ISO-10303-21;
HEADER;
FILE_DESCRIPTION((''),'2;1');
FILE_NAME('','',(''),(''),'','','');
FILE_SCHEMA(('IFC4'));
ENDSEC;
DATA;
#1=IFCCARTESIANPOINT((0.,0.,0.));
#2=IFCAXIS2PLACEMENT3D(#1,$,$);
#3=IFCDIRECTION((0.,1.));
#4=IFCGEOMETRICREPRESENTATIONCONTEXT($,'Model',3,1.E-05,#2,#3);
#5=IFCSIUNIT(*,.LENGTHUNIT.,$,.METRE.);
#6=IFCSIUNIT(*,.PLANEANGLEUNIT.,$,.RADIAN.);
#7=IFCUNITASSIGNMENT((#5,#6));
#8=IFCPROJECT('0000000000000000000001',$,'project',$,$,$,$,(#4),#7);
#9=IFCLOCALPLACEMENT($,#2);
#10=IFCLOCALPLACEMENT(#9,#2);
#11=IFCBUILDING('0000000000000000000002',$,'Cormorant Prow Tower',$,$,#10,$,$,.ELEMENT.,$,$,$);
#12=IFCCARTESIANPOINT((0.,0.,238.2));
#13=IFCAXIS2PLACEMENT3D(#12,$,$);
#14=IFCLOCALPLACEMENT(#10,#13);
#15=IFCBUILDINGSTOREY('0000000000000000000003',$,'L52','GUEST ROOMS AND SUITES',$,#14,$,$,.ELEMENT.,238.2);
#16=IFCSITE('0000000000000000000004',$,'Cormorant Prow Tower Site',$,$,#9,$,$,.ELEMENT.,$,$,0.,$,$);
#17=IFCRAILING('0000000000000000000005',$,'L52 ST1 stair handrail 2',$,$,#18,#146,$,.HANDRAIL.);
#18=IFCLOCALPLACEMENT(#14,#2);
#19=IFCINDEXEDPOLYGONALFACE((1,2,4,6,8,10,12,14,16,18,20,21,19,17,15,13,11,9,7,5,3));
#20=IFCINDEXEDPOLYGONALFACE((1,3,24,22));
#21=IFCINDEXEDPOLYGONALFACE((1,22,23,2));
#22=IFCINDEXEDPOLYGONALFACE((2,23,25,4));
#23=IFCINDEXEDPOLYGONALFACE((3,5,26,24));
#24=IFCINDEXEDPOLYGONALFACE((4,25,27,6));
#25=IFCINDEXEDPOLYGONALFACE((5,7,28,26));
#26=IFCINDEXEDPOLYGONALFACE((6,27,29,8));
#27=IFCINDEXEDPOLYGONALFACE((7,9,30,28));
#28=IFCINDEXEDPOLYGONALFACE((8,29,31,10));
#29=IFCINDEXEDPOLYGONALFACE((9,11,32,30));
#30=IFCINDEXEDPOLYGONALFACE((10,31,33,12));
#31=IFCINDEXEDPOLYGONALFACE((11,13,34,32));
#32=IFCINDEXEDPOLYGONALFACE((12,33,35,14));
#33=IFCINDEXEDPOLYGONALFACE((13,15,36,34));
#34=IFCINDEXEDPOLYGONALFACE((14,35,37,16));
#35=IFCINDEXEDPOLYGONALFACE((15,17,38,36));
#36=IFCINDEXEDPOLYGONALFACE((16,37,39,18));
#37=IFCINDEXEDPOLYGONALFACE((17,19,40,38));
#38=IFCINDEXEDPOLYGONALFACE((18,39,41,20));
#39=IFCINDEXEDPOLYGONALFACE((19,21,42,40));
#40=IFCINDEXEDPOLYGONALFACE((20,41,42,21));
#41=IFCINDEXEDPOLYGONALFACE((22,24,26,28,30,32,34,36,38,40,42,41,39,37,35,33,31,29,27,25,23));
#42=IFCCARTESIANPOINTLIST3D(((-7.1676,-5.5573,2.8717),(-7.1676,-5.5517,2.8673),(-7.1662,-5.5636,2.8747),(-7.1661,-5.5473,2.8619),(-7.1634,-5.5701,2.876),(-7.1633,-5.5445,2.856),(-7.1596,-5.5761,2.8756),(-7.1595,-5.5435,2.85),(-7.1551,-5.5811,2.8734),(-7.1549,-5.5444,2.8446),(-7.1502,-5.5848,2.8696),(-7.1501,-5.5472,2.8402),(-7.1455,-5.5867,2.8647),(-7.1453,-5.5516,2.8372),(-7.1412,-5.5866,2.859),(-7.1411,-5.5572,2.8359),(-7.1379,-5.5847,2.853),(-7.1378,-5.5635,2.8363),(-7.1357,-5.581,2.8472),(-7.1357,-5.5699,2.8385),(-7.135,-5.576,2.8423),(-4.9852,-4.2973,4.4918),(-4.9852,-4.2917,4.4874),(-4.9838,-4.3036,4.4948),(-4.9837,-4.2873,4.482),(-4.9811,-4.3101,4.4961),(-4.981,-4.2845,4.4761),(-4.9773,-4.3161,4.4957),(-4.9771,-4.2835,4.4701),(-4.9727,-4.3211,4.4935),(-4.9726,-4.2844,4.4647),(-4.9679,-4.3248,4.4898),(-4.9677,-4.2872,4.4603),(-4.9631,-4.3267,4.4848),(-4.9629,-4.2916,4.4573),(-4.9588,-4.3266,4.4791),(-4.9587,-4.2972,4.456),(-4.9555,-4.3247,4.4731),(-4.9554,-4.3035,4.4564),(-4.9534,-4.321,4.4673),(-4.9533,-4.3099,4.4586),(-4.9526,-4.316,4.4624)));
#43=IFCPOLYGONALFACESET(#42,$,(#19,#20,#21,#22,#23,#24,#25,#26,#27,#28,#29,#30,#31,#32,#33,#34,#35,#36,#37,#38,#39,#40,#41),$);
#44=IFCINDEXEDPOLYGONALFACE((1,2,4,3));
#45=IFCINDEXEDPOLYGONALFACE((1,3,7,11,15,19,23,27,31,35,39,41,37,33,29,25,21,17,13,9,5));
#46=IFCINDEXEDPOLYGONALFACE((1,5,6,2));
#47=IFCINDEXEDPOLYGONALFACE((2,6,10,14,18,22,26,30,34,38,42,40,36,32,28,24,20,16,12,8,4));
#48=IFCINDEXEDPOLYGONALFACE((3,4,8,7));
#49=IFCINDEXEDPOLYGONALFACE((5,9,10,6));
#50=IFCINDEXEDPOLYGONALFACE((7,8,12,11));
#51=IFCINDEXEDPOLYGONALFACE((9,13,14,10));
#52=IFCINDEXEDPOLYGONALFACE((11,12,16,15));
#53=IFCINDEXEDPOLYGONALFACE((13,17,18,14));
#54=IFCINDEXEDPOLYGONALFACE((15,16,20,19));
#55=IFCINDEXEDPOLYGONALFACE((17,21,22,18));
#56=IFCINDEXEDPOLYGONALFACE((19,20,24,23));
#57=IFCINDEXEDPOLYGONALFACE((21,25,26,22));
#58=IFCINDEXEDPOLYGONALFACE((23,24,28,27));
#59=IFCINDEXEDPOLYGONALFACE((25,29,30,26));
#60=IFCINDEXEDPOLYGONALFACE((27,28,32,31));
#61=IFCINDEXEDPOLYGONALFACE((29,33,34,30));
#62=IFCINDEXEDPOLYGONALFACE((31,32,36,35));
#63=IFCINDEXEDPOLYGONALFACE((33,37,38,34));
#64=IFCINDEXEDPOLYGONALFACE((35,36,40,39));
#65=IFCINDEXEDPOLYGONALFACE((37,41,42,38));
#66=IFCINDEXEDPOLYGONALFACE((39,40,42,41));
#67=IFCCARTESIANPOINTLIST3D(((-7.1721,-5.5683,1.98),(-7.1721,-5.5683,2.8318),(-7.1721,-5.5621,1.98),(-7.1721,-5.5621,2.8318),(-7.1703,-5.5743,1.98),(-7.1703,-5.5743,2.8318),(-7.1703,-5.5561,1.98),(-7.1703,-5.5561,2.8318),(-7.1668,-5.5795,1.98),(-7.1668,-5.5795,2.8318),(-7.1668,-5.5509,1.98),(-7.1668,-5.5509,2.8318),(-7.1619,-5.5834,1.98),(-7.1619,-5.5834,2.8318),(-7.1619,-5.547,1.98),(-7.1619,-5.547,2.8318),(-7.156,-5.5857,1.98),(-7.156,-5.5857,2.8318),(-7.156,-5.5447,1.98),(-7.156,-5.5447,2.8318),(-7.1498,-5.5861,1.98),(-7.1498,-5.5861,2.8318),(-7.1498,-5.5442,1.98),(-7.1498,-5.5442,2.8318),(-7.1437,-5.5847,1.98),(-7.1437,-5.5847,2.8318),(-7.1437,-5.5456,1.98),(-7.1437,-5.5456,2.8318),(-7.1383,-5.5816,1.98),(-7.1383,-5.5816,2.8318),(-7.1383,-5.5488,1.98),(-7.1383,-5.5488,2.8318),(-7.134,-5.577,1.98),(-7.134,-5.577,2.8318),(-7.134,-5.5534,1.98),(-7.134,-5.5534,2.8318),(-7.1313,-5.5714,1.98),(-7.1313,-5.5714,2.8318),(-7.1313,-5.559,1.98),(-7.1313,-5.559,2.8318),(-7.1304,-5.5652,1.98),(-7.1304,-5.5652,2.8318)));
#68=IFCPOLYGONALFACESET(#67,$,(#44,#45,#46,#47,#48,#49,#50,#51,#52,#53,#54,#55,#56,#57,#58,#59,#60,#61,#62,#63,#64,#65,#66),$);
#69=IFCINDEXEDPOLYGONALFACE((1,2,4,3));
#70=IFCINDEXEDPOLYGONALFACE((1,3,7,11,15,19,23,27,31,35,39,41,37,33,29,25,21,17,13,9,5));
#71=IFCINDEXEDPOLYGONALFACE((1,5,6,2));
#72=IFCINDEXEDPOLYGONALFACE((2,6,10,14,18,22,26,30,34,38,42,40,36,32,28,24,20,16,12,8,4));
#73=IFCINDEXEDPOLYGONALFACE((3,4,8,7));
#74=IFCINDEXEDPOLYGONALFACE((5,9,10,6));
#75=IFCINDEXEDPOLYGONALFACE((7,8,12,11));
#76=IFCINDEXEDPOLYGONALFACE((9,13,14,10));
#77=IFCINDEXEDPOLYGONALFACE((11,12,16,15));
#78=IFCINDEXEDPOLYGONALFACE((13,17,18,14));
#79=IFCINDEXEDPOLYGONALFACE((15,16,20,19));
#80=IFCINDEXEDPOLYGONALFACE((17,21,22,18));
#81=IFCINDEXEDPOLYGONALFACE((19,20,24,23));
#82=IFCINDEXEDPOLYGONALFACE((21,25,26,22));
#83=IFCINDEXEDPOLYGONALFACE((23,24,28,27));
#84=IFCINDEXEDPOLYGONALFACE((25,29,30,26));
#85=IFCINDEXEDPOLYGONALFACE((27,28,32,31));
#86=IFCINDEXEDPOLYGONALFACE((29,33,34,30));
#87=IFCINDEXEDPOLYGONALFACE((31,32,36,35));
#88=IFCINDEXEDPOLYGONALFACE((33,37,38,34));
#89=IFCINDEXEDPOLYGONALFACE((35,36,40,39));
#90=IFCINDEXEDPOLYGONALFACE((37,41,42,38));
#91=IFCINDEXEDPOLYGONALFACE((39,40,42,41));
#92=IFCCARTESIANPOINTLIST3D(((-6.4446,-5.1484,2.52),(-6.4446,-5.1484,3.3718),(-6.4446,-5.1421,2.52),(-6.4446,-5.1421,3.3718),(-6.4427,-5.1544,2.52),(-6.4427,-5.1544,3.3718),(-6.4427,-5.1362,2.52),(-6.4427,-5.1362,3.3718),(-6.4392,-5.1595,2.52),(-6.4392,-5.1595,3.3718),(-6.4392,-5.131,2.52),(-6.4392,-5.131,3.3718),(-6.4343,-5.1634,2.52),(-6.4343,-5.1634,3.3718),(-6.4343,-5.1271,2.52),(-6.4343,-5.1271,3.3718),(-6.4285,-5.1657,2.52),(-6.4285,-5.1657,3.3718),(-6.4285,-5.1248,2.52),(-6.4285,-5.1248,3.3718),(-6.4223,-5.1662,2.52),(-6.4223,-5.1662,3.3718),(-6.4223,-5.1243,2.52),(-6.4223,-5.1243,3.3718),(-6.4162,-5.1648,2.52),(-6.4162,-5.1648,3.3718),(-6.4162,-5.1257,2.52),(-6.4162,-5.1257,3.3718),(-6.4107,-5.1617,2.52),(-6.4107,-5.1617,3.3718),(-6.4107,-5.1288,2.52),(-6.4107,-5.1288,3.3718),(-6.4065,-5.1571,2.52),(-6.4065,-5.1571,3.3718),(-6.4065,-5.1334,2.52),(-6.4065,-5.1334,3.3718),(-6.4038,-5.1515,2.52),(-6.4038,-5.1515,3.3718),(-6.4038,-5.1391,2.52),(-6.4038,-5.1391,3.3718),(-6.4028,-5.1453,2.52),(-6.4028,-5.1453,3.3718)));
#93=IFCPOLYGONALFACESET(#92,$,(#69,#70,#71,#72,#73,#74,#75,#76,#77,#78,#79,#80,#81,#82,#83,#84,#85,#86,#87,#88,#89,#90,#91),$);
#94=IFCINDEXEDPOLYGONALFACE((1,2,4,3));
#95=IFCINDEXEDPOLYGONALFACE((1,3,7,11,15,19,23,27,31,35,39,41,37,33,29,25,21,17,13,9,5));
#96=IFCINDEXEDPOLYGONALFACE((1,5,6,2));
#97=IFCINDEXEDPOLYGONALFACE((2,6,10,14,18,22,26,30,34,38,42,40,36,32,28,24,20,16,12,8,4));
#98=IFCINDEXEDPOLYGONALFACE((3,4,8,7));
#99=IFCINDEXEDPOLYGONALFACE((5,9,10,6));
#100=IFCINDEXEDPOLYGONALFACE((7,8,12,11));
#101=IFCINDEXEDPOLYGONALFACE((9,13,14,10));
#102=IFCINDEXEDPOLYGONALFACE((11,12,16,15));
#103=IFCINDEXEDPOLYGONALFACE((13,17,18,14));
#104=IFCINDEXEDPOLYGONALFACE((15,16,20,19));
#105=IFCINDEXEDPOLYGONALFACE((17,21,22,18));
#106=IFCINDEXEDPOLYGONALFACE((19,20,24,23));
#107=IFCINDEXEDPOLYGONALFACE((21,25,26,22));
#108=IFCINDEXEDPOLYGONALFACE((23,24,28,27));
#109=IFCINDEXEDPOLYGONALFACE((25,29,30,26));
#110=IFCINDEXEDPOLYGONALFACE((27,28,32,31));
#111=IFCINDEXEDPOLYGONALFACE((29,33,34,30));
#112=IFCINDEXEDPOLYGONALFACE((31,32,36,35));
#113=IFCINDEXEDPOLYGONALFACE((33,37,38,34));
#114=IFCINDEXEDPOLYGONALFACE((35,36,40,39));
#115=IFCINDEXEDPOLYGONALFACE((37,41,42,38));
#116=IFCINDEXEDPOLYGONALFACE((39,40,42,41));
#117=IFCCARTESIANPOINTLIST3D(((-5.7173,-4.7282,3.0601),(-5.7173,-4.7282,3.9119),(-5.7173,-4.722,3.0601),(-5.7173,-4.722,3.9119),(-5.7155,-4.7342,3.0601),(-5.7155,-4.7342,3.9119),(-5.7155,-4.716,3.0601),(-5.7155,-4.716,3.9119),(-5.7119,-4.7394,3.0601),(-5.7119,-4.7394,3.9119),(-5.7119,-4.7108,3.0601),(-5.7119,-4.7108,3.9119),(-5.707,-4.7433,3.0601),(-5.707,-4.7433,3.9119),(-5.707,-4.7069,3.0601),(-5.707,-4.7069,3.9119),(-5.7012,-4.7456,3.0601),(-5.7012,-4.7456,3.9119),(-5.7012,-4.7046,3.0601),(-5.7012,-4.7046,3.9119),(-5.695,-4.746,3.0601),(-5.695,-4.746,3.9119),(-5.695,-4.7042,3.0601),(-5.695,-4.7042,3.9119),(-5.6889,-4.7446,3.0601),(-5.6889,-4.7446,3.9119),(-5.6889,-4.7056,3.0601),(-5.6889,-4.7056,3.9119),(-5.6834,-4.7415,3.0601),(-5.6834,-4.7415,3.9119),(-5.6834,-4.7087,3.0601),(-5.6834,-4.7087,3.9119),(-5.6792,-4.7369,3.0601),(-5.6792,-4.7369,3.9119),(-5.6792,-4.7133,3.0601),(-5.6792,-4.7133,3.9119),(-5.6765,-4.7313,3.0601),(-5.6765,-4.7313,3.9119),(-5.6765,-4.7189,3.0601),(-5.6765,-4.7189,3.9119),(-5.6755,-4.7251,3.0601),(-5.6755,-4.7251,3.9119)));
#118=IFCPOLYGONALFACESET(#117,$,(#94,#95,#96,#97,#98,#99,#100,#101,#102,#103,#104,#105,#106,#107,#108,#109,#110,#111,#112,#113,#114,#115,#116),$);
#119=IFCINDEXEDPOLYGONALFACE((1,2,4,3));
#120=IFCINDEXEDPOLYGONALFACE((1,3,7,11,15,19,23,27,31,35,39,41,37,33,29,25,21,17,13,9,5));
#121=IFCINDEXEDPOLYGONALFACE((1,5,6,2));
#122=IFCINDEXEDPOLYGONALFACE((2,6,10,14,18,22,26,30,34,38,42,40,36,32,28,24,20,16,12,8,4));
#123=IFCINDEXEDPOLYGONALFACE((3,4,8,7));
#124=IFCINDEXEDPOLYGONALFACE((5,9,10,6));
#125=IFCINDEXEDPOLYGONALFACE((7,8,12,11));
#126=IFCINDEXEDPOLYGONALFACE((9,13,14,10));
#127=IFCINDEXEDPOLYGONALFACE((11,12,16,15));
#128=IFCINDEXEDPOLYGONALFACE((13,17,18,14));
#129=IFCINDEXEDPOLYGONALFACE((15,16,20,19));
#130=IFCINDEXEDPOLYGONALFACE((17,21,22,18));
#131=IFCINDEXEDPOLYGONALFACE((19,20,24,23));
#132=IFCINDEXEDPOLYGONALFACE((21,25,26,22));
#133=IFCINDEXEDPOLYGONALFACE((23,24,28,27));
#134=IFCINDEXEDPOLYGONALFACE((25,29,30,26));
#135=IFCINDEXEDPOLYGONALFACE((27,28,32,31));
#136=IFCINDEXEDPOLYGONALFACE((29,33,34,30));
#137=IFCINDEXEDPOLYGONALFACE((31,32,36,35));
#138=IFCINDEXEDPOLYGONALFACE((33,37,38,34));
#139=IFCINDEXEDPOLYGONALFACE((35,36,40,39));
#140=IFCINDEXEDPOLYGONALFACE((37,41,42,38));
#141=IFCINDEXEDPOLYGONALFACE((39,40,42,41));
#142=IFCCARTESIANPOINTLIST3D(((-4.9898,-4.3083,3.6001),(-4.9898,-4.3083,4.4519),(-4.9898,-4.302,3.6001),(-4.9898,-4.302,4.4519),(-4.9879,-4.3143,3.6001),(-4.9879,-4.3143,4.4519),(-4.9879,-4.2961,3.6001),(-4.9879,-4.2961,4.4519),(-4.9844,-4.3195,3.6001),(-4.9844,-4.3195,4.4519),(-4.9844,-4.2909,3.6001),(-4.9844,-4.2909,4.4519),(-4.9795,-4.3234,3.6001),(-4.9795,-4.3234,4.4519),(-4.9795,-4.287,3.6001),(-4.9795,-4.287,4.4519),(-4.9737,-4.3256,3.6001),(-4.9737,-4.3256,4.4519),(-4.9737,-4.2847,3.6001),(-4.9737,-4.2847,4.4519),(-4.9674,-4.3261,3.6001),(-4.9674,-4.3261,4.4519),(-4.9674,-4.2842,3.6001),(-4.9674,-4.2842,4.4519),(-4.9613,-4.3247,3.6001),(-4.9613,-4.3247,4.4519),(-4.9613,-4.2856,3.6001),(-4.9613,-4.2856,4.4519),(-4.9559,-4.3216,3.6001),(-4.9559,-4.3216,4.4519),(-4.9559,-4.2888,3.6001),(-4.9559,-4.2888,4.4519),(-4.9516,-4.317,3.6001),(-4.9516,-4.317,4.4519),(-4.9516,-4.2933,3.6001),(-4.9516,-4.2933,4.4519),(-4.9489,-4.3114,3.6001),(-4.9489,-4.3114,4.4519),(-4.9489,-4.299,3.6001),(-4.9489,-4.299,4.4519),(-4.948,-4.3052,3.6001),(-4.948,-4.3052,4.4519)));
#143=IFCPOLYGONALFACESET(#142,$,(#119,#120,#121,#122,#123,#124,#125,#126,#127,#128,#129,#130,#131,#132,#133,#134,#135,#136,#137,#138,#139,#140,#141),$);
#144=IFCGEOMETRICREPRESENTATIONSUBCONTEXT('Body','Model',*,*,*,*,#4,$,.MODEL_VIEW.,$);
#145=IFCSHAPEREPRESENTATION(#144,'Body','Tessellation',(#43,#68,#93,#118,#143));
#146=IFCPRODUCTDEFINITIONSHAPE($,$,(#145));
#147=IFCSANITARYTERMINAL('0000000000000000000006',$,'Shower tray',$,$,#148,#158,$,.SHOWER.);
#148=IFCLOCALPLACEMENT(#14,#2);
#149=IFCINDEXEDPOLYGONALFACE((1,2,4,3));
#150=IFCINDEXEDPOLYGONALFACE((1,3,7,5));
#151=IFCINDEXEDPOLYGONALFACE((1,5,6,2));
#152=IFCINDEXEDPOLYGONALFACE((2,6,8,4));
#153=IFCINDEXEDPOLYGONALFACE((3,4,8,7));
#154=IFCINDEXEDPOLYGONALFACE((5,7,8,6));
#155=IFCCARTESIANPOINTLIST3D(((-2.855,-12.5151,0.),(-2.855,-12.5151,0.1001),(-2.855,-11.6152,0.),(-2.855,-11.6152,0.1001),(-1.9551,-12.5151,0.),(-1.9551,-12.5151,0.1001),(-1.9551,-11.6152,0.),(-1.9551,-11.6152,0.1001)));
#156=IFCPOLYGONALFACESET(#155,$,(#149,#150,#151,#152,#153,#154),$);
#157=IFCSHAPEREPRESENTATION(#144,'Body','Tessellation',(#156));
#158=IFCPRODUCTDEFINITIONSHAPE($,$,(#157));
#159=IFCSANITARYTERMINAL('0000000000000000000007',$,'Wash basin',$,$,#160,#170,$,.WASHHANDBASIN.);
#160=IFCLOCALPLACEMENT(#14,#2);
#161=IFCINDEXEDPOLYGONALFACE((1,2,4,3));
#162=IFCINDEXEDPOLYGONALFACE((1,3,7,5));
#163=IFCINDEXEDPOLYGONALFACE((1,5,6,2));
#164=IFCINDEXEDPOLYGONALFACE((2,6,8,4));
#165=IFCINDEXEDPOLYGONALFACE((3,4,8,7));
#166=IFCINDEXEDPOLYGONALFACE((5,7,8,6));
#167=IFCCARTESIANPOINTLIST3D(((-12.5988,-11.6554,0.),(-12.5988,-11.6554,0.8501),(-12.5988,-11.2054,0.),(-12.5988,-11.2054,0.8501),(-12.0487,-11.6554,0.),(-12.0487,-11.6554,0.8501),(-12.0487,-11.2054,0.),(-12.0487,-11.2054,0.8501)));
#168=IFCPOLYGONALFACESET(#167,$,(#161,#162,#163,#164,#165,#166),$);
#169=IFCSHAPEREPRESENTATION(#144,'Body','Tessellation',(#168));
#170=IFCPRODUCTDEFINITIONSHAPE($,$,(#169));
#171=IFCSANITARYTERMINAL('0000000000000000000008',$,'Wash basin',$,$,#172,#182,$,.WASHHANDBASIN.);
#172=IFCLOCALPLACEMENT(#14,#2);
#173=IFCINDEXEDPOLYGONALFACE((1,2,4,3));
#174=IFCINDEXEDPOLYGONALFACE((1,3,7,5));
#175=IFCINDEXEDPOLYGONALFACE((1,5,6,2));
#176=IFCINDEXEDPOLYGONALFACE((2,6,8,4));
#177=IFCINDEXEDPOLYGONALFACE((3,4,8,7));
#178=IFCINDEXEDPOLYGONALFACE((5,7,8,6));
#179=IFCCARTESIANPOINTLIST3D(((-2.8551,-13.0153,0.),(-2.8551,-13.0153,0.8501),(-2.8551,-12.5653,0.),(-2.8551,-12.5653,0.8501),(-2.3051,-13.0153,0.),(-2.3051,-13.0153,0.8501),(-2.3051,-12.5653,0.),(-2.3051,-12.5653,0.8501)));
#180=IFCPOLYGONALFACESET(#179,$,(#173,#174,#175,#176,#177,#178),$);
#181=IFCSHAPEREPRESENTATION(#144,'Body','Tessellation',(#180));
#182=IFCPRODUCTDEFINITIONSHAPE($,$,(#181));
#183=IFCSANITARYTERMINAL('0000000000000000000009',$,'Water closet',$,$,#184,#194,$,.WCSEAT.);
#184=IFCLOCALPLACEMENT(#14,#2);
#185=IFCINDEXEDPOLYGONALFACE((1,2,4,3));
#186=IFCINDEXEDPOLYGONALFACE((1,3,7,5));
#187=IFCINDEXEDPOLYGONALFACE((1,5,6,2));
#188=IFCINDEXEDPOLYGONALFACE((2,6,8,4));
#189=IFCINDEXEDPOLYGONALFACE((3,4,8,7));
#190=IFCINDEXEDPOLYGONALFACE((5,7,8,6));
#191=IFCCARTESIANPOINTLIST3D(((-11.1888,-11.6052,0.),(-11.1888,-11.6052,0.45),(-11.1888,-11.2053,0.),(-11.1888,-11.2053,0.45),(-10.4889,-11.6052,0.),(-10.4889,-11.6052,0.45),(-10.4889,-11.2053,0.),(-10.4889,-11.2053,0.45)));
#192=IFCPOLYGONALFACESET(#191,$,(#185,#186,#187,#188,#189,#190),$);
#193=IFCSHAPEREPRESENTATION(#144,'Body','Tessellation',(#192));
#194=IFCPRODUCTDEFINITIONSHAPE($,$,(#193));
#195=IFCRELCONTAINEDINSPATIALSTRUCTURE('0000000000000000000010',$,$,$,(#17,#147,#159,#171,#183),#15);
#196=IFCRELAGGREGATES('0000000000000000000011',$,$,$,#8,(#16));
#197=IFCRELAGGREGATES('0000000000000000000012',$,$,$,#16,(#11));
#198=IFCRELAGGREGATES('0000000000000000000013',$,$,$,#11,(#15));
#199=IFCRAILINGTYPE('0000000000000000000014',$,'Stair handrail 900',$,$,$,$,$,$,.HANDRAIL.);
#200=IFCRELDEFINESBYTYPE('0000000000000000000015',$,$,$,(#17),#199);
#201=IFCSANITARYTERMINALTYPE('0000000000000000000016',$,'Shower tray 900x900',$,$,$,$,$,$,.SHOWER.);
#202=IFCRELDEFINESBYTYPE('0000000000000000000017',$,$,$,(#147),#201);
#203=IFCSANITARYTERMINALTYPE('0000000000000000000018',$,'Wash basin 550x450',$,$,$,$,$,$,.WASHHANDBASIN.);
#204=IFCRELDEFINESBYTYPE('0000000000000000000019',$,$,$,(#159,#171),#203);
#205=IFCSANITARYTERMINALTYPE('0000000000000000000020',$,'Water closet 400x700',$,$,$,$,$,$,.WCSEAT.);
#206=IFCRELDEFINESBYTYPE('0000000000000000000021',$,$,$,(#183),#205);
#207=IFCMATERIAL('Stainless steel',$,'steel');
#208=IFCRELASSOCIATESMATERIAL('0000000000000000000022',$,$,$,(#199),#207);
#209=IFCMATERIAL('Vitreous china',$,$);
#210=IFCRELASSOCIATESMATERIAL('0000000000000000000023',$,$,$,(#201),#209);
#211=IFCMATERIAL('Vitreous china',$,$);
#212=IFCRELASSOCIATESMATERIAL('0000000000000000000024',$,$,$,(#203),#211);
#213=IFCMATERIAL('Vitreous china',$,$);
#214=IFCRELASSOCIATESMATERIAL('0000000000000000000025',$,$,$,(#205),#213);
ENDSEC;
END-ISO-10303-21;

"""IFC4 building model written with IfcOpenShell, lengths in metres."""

from ifc_helpers import new_model, si_unit, direction, frame, origin, origin_2d, place, context, subcontext, project, spatial, rectangle, circle, extrude, material, type_object, element, save


model = new_model("IFC4")

# Units and contexts
model_context = context("Model", 3, precision=1e-05, world=origin(), true_north=direction((0.0, 1.0)))
body_context = subcontext(model_context, "Body", "Model", "MODEL_VIEW")
ifc_project = project(units=[si_unit("LENGTHUNIT", "METRE"), si_unit("PLANEANGLEUNIT", "RADIAN")], contexts=[model_context])

# Site, building, storey
site_placement = place(None, origin())
site = spatial("IfcSite", under=ifc_project, at=site_placement, Name="Cormorant Prow Tower Site", CompositionType="ELEMENT", RefElevation=0.0)
building_placement = place(site_placement, origin())
building = spatial("IfcBuilding", under=site, at=building_placement, Name="Cormorant Prow Tower", CompositionType="ELEMENT")
storey_placement = place(building_placement, frame((0.0, 0.0, 238.2)))
storey = spatial("IfcBuildingStorey", under=building, at=storey_placement, Name="L52", Description="GUEST ROOMS AND SUITES", CompositionType="ELEMENT", Elevation=238.2)

# Railing
ifc_material_1 = material(Name="Stainless steel", Category="steel")
railing_type_1 = type_object("IfcRailingType", Name="Stair handrail 900", PredefinedType="HANDRAIL", material=ifc_material_1)
railing_1_placement = place(storey_placement, frame((-7.1514, -5.5652, 1.98)))
element("IfcRailing", 1, at=railing_1_placement, inside=storey, type_object=railing_type_1, Name="L52 ST1 stair handrail 2", PredefinedType="HANDRAIL", context=body_context, shape_type="SweptSolid", body=[
    extrude(circle(Radius=0.0239, at=origin_2d()), frame((0.0, 0.0, 0.876), z_axis=(0.728464, 0.420584, 0.540786), x_axis=(-0.500005, 0.866023, 0.0)), (0.0, 0.0, 1.0), 2.9958),
    extrude(circle(Radius=0.021, at=origin_2d()), origin(), (0.0, 0.0, 1.0), 0.8518),
    extrude(circle(Radius=0.021, at=origin_2d()), frame((0.7275, 0.4199, 0.54)), (0.0, 0.0, 1.0), 0.8518),
    extrude(circle(Radius=0.021, at=origin_2d()), frame((1.4548, 0.8401, 1.0801)), (0.0, 0.0, 1.0), 0.8518),
    extrude(circle(Radius=0.021, at=origin_2d()), frame((2.1824, 1.26, 1.6201)), (0.0, 0.0, 1.0), 0.8518),
])

# Sanitary terminals
ifc_material_2 = material(Name="Vitreous china")
sanitary_terminal_type_1 = type_object("IfcSanitaryTerminalType", Name="Shower tray 900x900", PredefinedType="SHOWER", material=ifc_material_2)
sanitary_terminal_1_placement = place(storey_placement, frame((-2.405, -12.0652, 0.0), z_axis=(0.0, 0.0, 1.0), x_axis=(1.0, 0.0, 0.0)))
element("IfcSanitaryTerminal", 2, at=sanitary_terminal_1_placement, inside=storey, type_object=sanitary_terminal_type_1, Name="Shower tray", PredefinedType="SHOWER", context=body_context, shape_type="SweptSolid", body=[
    extrude(rectangle(XDim=0.8999, YDim=0.8999, at=origin_2d()), origin(), (0.0, 0.0, 1.0), 0.1001),
])
ifc_material_3 = material(Name="Vitreous china")
sanitary_terminal_type_2 = type_object("IfcSanitaryTerminalType", Name="Wash basin 550x450", PredefinedType="WASHHANDBASIN", material=ifc_material_3)
for number, where, z_axis, x_axis, name in (
    (3, (-12.3237, -11.4304, 0.0), (0.0, 0.0, 1.0), (1.0, 0.0, 0.0), "Wash basin"),
    (4, (-2.5801, -12.7903, 0.0), (0.0, 0.0, 1.0), (1.0, 0.0, 0.0), "Wash basin"),
):
    element("IfcSanitaryTerminal", number, at=place(storey_placement, frame(where, z_axis=z_axis, x_axis=x_axis)), inside=storey, type_object=sanitary_terminal_type_2, Name=name, PredefinedType="WASHHANDBASIN", context=body_context, shape_type="SweptSolid", body=[
        extrude(rectangle(XDim=0.55, YDim=0.45, at=origin_2d()), origin(), (0.0, 0.0, 1.0), 0.8501),
    ])
ifc_material_4 = material(Name="Vitreous china")
sanitary_terminal_type_3 = type_object("IfcSanitaryTerminalType", Name="Water closet 400x700", PredefinedType="WCSEAT", material=ifc_material_4)
sanitary_terminal_2_placement = place(storey_placement, frame((-10.8389, -11.4053, 0.0), z_axis=(0.0, 0.0, 1.0), x_axis=(0.0, -1.0, 0.0)))
element("IfcSanitaryTerminal", 5, at=sanitary_terminal_2_placement, inside=storey, type_object=sanitary_terminal_type_3, Name="Water closet", PredefinedType="WCSEAT", context=body_context, shape_type="SweptSolid", body=[
    extrude(rectangle(XDim=0.3999, YDim=0.7, at=origin_2d()), origin(), (0.0, 0.0, 1.0), 0.45),
])

save(model, "model.ifc")
